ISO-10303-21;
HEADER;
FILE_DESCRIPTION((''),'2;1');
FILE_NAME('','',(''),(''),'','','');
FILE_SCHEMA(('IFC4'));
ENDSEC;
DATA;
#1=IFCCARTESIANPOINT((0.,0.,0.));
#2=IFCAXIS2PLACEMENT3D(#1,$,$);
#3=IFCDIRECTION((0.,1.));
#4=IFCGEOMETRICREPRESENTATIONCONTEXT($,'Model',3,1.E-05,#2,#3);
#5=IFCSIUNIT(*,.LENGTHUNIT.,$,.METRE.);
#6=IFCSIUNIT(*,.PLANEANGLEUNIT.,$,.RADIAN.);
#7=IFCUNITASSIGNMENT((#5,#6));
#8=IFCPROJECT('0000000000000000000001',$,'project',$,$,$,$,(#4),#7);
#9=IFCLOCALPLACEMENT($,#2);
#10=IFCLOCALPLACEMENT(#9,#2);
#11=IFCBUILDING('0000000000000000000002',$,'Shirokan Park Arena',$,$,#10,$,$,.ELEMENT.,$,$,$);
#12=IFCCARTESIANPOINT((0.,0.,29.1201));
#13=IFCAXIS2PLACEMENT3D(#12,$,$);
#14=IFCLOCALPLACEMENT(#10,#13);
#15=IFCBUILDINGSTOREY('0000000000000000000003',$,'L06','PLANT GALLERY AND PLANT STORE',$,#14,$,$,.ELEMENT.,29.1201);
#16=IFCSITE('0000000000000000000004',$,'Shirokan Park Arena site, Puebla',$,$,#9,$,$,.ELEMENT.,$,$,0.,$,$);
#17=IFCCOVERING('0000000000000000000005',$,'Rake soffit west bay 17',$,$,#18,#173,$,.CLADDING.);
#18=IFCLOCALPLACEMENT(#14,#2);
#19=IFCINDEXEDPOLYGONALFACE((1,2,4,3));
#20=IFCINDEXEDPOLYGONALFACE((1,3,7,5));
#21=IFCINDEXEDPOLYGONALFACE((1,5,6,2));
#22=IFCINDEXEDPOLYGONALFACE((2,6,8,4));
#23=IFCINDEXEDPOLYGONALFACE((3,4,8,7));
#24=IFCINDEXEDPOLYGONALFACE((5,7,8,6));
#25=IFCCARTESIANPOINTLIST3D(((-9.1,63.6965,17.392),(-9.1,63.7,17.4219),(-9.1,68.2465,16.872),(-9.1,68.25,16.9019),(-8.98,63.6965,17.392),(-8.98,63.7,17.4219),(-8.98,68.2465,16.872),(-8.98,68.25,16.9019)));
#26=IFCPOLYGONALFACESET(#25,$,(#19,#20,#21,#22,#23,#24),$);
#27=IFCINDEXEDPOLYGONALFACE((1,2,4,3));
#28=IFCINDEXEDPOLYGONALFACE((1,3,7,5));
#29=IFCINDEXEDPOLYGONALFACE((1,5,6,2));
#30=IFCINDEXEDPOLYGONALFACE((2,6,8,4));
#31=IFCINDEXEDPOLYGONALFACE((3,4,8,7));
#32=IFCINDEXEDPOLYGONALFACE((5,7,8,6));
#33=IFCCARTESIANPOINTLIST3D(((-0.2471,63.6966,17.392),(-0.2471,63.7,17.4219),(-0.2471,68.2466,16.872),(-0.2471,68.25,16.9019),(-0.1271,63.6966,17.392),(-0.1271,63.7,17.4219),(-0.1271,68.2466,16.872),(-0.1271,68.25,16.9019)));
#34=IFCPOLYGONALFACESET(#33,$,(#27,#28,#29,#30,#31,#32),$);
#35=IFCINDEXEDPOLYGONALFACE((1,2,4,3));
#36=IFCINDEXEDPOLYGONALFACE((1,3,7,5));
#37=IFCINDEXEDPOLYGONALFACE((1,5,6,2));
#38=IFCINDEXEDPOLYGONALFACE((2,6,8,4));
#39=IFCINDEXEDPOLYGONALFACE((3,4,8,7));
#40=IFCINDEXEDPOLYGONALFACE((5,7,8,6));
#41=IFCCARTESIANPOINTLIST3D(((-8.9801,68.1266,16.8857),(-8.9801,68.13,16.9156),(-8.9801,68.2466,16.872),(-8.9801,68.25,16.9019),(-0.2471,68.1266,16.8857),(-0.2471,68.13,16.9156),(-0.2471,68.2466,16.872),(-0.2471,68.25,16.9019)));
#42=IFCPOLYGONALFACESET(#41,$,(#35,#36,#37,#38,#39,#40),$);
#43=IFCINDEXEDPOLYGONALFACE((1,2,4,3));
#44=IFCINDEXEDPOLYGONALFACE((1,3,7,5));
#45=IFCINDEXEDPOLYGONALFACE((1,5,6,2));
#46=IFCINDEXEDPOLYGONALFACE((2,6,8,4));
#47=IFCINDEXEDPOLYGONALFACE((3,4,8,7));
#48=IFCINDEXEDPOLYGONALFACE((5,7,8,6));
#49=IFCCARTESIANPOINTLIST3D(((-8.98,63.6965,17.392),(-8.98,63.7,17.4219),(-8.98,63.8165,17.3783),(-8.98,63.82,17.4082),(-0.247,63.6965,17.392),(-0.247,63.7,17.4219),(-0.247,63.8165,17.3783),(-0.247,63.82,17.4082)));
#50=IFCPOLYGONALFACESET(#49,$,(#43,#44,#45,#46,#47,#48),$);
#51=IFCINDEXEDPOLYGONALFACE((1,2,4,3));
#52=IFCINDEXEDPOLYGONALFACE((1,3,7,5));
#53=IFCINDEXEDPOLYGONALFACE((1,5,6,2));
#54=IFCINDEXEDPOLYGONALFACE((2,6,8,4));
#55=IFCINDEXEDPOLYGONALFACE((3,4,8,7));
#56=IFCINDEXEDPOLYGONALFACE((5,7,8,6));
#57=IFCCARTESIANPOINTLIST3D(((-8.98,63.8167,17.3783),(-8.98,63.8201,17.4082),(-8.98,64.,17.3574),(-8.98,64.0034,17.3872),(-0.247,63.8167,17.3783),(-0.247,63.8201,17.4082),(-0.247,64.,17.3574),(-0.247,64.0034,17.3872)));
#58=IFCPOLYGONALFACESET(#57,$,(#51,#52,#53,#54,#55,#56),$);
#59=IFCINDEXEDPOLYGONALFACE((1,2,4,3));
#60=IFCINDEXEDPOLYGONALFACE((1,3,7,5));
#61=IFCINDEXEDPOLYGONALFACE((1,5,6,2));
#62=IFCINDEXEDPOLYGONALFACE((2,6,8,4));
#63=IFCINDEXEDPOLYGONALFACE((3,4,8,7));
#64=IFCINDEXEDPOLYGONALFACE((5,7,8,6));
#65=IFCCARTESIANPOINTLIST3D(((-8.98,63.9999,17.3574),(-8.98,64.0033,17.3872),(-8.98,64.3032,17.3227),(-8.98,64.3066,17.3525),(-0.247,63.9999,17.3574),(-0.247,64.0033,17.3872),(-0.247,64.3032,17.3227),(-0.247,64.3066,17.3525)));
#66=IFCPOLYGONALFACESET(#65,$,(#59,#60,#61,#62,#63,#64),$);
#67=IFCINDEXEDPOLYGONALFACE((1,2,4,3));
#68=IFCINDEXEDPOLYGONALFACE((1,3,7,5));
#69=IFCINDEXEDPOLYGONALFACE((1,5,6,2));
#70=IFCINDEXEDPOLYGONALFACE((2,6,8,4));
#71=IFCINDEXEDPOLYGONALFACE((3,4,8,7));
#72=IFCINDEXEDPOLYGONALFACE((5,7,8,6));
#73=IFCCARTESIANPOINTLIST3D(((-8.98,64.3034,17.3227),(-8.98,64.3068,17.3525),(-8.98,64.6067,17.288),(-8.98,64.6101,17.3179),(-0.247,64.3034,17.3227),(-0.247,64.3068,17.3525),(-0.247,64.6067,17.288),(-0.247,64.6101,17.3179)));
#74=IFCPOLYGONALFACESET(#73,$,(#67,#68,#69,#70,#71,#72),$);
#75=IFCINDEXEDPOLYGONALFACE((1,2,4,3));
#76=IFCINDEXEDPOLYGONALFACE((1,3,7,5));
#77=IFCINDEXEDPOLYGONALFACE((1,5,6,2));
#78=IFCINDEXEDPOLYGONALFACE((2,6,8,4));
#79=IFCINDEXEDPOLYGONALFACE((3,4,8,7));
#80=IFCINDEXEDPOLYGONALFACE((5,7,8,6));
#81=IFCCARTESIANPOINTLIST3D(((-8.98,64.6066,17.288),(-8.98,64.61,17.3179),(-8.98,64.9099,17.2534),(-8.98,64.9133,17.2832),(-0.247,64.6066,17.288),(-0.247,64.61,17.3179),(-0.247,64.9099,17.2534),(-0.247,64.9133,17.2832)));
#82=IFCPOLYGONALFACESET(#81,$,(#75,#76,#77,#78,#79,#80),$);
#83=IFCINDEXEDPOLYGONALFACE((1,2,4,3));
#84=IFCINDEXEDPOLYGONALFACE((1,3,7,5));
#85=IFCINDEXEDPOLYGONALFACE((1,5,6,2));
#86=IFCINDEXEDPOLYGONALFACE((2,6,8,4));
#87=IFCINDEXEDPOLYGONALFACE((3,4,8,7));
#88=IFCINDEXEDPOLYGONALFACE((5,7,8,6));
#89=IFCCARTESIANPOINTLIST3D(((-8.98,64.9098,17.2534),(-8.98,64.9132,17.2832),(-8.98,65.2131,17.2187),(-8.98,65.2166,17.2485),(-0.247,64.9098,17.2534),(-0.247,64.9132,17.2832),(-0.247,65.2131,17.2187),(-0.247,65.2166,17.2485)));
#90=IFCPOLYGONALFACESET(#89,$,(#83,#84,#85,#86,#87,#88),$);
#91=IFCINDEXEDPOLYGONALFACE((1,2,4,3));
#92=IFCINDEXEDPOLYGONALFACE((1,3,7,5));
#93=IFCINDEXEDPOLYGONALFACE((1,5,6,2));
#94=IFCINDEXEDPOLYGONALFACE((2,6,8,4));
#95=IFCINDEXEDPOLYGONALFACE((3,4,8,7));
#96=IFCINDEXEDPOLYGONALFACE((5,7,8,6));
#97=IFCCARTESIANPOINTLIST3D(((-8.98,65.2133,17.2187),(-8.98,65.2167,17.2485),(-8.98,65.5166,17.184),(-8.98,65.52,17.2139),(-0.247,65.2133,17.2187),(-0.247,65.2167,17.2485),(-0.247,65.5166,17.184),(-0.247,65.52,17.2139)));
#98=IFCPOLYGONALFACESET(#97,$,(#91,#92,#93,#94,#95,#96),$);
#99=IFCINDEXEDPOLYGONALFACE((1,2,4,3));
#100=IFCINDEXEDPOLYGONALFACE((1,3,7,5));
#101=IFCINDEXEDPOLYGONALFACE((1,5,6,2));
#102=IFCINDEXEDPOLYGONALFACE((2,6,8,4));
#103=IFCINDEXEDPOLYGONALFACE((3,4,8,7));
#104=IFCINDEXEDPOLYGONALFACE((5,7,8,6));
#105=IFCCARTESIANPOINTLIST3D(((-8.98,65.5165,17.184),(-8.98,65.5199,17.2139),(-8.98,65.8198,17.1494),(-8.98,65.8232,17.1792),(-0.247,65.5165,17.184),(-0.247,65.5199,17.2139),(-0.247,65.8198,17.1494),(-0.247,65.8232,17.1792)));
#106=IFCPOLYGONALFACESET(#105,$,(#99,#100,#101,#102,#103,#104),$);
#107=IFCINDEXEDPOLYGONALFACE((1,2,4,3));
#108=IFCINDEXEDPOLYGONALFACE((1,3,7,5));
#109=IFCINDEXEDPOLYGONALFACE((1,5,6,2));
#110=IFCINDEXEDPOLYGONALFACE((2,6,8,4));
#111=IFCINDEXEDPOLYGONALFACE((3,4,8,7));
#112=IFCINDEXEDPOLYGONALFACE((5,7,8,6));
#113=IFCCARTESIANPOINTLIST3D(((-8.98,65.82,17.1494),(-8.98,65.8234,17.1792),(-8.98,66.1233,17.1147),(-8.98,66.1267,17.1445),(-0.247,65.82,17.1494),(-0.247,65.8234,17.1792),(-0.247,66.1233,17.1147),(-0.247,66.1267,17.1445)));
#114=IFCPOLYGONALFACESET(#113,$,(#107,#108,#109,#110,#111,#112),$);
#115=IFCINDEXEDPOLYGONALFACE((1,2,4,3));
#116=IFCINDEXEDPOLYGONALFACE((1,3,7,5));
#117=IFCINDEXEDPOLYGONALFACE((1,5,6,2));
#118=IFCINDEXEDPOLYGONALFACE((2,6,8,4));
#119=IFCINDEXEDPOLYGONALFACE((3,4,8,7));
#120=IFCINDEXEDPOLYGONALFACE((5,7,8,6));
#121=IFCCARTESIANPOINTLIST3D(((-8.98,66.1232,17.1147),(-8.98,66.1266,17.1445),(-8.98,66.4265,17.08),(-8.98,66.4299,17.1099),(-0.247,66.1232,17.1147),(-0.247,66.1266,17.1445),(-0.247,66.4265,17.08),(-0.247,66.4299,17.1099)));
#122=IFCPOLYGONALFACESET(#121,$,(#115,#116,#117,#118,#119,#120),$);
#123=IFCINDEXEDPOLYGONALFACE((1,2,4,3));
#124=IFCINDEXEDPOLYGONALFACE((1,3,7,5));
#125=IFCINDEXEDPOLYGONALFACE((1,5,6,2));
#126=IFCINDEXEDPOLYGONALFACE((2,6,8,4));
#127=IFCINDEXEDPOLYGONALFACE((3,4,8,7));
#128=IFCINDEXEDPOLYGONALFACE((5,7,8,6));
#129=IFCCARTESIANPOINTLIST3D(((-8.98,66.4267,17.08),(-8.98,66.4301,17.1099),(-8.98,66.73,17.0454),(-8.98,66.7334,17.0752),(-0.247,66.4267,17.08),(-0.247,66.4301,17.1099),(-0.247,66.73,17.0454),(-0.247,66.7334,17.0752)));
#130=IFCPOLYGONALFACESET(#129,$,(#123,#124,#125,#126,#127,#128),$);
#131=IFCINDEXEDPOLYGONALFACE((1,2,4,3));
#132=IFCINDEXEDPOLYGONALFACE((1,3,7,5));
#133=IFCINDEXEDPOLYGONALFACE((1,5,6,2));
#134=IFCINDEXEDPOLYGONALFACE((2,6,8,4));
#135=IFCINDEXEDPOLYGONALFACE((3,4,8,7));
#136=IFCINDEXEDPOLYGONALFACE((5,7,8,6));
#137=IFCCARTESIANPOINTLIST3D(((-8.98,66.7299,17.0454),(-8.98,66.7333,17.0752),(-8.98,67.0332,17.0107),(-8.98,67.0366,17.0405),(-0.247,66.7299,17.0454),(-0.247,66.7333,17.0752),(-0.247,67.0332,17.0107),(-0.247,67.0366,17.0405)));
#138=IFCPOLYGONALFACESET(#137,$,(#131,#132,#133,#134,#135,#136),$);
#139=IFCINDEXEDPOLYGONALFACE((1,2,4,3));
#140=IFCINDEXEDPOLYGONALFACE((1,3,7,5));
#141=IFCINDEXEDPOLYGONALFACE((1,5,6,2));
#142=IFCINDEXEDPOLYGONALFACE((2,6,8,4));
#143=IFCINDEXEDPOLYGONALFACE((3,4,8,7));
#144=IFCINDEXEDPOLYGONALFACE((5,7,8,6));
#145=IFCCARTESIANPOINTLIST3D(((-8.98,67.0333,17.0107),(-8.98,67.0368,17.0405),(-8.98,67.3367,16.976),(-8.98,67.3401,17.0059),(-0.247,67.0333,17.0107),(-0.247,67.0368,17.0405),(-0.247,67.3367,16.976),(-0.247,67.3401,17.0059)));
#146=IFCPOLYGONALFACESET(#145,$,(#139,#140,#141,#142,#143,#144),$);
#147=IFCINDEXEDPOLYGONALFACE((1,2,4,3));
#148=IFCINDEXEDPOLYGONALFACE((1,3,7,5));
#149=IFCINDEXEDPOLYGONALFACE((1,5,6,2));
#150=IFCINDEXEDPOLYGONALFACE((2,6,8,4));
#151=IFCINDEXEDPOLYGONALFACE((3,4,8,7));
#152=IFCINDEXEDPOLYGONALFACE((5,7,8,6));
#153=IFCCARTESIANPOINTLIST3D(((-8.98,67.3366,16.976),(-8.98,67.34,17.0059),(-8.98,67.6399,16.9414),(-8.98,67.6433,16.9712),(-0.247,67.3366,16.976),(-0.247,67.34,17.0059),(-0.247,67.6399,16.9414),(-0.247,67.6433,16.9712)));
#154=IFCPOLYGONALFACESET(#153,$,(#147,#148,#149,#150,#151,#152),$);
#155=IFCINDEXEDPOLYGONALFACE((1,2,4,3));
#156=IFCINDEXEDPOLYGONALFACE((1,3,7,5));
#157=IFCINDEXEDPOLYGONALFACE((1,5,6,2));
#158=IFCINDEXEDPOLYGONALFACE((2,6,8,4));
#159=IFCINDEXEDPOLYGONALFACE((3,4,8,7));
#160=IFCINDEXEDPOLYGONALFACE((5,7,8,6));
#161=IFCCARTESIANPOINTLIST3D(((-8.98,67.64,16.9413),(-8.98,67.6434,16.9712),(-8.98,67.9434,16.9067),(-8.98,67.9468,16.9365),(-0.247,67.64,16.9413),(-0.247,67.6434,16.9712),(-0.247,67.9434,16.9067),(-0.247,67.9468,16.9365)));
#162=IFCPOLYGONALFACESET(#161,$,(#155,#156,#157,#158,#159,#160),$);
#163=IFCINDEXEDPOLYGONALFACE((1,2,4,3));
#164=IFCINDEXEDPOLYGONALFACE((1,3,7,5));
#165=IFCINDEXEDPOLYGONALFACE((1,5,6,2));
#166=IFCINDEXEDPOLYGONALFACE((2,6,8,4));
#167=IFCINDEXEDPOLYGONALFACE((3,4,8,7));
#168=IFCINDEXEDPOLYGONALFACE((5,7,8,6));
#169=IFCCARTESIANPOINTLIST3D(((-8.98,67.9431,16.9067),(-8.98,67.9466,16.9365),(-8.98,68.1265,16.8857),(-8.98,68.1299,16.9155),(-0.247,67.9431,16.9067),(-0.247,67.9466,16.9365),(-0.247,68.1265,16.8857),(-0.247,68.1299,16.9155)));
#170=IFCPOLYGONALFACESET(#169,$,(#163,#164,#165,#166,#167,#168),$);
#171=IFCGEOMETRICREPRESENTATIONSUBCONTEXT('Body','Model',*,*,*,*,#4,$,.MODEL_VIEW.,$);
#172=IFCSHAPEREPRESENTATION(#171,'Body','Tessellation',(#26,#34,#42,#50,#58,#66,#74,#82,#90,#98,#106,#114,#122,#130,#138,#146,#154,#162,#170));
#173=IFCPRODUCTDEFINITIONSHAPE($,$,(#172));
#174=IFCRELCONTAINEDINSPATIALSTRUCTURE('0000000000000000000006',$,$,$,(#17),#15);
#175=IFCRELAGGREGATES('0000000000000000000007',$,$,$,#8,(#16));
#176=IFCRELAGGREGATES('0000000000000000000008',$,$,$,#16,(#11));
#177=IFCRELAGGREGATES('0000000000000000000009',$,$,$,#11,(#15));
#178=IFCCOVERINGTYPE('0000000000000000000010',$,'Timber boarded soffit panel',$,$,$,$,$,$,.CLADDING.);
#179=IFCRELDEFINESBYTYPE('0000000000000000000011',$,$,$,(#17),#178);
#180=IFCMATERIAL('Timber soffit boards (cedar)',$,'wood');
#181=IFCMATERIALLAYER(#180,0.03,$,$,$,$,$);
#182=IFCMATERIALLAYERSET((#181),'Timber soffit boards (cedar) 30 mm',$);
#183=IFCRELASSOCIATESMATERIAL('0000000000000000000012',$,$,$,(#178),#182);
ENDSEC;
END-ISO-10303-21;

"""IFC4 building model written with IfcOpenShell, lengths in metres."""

from ifc_helpers import new_model, si_unit, direction, frame, origin, place, context, subcontext, project, spatial, polyline, outline, extrude, material, layer, layer_set, type_object, element, save


model = new_model("IFC4")

# Units and contexts
model_context = context("Model", 3, precision=1e-05, world=origin(), true_north=direction((0.0, 1.0)))
body_context = subcontext(model_context, "Body", "Model", "MODEL_VIEW")
ifc_project = project(units=[si_unit("LENGTHUNIT", "METRE"), si_unit("PLANEANGLEUNIT", "RADIAN")], contexts=[model_context])

# Site, building, storey
site_placement = place(None, origin())
site = spatial("IfcSite", under=ifc_project, at=site_placement, Name="Shirokan Park Arena site, Puebla", CompositionType="ELEMENT", RefElevation=0.0)
building_placement = place(site_placement, origin())
building = spatial("IfcBuilding", under=site, at=building_placement, Name="Shirokan Park Arena", CompositionType="ELEMENT")
storey_placement = place(building_placement, frame((0.0, 0.0, 29.1201)))
storey = spatial("IfcBuildingStorey", under=building, at=storey_placement, Name="L06", Description="PLANT GALLERY AND PLANT STORE", CompositionType="ELEMENT", Elevation=29.1201)

# Covering
ifc_material = material(Name="Timber soffit boards (cedar)", Category="wood")
ifc_layer = layer(ifc_material, 0.03)
ifc_layer_set = layer_set([ifc_layer], Name="Timber soffit boards (cedar) 30 mm")
covering_type = type_object("IfcCoveringType", Name="Timber boarded soffit panel", PredefinedType="CLADDING", material=ifc_layer_set)
covering_1_placement = place(storey_placement, origin())
element("IfcCovering", 1, at=covering_1_placement, inside=storey, type_object=covering_type, Name="Rake soffit west bay 17", PredefinedType="CLADDING", context=body_context, shape_type="SweptSolid", body=[
    extrude(outline(polyline([(0.0, 0.0), (0.12, 0.0), (0.12, -4.5796), (0.0, -4.5796), (0.0, 0.0)])), frame((-8.98, 63.7, 17.4219), z_axis=(0.0, 0.113547, 0.993533), x_axis=(-1.0, 0.0, 0.0)), (0.0, 0.0, -1.0), 0.03),
    extrude(outline(polyline([(0.0, 0.0), (0.12, 0.0), (0.12, -4.5796), (0.0, -4.5796), (0.0, 0.0)])), frame((-0.2471, 68.25, 16.9019), z_axis=(0.0, 0.113547, 0.993533), x_axis=(1.0, 0.0, 0.0)), (0.0, 0.0, -1.0), 0.03),
    extrude(outline(polyline([(0.0, 0.0), (0.1208, 0.0), (0.1208, -8.733), (0.0, -8.733), (0.0, 0.0)])), frame((-0.2471, 68.25, 16.9019), z_axis=(0.0, 0.113512, 0.993537), x_axis=(0.0, -0.993537, 0.113512)), (0.0, 0.0, -1.0), 0.03),
    extrude(outline(polyline([(0.0, 0.0), (0.1208, 0.0), (0.1208, -8.733), (0.0, -8.733), (0.0, 0.0)])), frame((-8.98, 63.7, 17.4219), z_axis=(0.0, 0.113512, 0.993537), x_axis=(0.0, 0.993537, -0.113512)), (0.0, 0.0, -1.0), 0.03),
    extrude(outline(polyline([(0.0, 0.0), (8.733, 0.0), (8.733, -0.1845), (0.0, -0.1845), (0.0, 0.0)])), frame((-8.98, 64.0034, 17.3872), z_axis=(0.0, 0.113589, 0.993528), x_axis=(1.0, 0.0, 0.0)), (0.0, 0.0, -1.0), 0.03),
    extrude(outline(polyline([(0.0, 0.0), (8.733, 0.0), (8.733, -0.3053), (0.0, -0.3053), (0.0, 0.0)])), frame((-8.98, 64.3066, 17.3525), z_axis=(0.0, 0.113523, 0.993535), x_axis=(1.0, 0.0, 0.0)), (0.0, 0.0, -1.0), 0.03),
    extrude(outline(polyline([(0.0, 0.0), (8.733, 0.0), (8.733, -0.3053), (0.0, -0.3053), (0.0, 0.0)])), frame((-8.98, 64.6101, 17.3179), z_axis=(0.0, 0.113559, 0.993531), x_axis=(1.0, 0.0, 0.0)), (0.0, 0.0, -1.0), 0.03),
    extrude(outline(polyline([(0.0, 0.0), (8.733, 0.0), (8.733, -0.3053), (0.0, -0.3053), (0.0, 0.0)])), frame((-8.98, 64.9133, 17.2832), z_axis=(0.0, 0.113559, 0.993531), x_axis=(1.0, 0.0, 0.0)), (0.0, 0.0, -1.0), 0.03),
    extrude(outline(polyline([(0.0, 0.0), (8.733, 0.0), (8.733, -0.3053), (0.0, -0.3053), (0.0, 0.0)])), frame((-8.98, 65.2166, 17.2485), z_axis=(0.0, 0.113523, 0.993535), x_axis=(1.0, 0.0, 0.0)), (0.0, 0.0, -1.0), 0.03),
    extrude(outline(polyline([(0.0, 0.0), (8.733, 0.0), (8.733, -0.3053), (0.0, -0.3053), (0.0, 0.0)])), frame((-8.98, 65.52, 17.2139), z_axis=(0.0, 0.113559, 0.993531), x_axis=(1.0, 0.0, 0.0)), (0.0, 0.0, -1.0), 0.03),
    extrude(outline(polyline([(0.0, 0.0), (8.733, 0.0), (8.733, -0.3053), (0.0, -0.3053), (0.0, 0.0)])), frame((-8.98, 65.8232, 17.1792), z_axis=(0.0, 0.113559, 0.993531), x_axis=(1.0, 0.0, 0.0)), (0.0, 0.0, -1.0), 0.03),
    extrude(outline(polyline([(0.0, 0.0), (8.733, 0.0), (8.733, -0.3053), (0.0, -0.3053), (0.0, 0.0)])), frame((-8.98, 66.1267, 17.1445), z_axis=(0.0, 0.113523, 0.993535), x_axis=(1.0, 0.0, 0.0)), (0.0, 0.0, -1.0), 0.03),
    extrude(outline(polyline([(0.0, 0.0), (8.733, 0.0), (8.733, -0.3053), (0.0, -0.3053), (0.0, 0.0)])), frame((-8.98, 66.4299, 17.1099), z_axis=(0.0, 0.113559, 0.993531), x_axis=(1.0, 0.0, 0.0)), (0.0, 0.0, -1.0), 0.03),
    extrude(outline(polyline([(0.0, 0.0), (8.733, 0.0), (8.733, -0.3053), (0.0, -0.3053), (0.0, 0.0)])), frame((-8.98, 66.7334, 17.0752), z_axis=(0.0, 0.113559, 0.993531), x_axis=(1.0, 0.0, 0.0)), (0.0, 0.0, -1.0), 0.03),
    extrude(outline(polyline([(0.0, 0.0), (8.733, 0.0), (8.733, -0.3053), (0.0, -0.3053), (0.0, 0.0)])), frame((-8.98, 67.0366, 17.0405), z_axis=(0.0, 0.113523, 0.993535), x_axis=(1.0, 0.0, 0.0)), (0.0, 0.0, -1.0), 0.03),
    extrude(outline(polyline([(0.0, 0.0), (8.733, 0.0), (8.733, -0.3053), (0.0, -0.3053), (0.0, 0.0)])), frame((-8.98, 67.3401, 17.0059), z_axis=(0.0, 0.113559, 0.993531), x_axis=(1.0, 0.0, 0.0)), (0.0, 0.0, -1.0), 0.03),
    extrude(outline(polyline([(0.0, 0.0), (8.733, 0.0), (8.733, -0.3053), (0.0, -0.3053), (0.0, 0.0)])), frame((-8.98, 67.6433, 16.9712), z_axis=(0.0, 0.113559, 0.993531), x_axis=(1.0, 0.0, 0.0)), (0.0, 0.0, -1.0), 0.03),
    extrude(outline(polyline([(0.0, 0.0), (8.733, 0.0), (8.733, -0.3053), (0.0, -0.3053), (0.0, 0.0)])), frame((-8.98, 67.9468, 16.9365), z_axis=(0.0, 0.113523, 0.993535), x_axis=(1.0, 0.0, 0.0)), (0.0, 0.0, -1.0), 0.03),
    extrude(outline(polyline([(0.0, 0.0), (8.733, 0.0), (8.733, -0.1845), (0.0, -0.1845), (0.0, 0.0)])), frame((-8.98, 68.1299, 16.9155), z_axis=(0.0, 0.113589, 0.993528), x_axis=(1.0, 0.0, 0.0)), (0.0, 0.0, -1.0), 0.03),
])

save(model, "model.ifc")
